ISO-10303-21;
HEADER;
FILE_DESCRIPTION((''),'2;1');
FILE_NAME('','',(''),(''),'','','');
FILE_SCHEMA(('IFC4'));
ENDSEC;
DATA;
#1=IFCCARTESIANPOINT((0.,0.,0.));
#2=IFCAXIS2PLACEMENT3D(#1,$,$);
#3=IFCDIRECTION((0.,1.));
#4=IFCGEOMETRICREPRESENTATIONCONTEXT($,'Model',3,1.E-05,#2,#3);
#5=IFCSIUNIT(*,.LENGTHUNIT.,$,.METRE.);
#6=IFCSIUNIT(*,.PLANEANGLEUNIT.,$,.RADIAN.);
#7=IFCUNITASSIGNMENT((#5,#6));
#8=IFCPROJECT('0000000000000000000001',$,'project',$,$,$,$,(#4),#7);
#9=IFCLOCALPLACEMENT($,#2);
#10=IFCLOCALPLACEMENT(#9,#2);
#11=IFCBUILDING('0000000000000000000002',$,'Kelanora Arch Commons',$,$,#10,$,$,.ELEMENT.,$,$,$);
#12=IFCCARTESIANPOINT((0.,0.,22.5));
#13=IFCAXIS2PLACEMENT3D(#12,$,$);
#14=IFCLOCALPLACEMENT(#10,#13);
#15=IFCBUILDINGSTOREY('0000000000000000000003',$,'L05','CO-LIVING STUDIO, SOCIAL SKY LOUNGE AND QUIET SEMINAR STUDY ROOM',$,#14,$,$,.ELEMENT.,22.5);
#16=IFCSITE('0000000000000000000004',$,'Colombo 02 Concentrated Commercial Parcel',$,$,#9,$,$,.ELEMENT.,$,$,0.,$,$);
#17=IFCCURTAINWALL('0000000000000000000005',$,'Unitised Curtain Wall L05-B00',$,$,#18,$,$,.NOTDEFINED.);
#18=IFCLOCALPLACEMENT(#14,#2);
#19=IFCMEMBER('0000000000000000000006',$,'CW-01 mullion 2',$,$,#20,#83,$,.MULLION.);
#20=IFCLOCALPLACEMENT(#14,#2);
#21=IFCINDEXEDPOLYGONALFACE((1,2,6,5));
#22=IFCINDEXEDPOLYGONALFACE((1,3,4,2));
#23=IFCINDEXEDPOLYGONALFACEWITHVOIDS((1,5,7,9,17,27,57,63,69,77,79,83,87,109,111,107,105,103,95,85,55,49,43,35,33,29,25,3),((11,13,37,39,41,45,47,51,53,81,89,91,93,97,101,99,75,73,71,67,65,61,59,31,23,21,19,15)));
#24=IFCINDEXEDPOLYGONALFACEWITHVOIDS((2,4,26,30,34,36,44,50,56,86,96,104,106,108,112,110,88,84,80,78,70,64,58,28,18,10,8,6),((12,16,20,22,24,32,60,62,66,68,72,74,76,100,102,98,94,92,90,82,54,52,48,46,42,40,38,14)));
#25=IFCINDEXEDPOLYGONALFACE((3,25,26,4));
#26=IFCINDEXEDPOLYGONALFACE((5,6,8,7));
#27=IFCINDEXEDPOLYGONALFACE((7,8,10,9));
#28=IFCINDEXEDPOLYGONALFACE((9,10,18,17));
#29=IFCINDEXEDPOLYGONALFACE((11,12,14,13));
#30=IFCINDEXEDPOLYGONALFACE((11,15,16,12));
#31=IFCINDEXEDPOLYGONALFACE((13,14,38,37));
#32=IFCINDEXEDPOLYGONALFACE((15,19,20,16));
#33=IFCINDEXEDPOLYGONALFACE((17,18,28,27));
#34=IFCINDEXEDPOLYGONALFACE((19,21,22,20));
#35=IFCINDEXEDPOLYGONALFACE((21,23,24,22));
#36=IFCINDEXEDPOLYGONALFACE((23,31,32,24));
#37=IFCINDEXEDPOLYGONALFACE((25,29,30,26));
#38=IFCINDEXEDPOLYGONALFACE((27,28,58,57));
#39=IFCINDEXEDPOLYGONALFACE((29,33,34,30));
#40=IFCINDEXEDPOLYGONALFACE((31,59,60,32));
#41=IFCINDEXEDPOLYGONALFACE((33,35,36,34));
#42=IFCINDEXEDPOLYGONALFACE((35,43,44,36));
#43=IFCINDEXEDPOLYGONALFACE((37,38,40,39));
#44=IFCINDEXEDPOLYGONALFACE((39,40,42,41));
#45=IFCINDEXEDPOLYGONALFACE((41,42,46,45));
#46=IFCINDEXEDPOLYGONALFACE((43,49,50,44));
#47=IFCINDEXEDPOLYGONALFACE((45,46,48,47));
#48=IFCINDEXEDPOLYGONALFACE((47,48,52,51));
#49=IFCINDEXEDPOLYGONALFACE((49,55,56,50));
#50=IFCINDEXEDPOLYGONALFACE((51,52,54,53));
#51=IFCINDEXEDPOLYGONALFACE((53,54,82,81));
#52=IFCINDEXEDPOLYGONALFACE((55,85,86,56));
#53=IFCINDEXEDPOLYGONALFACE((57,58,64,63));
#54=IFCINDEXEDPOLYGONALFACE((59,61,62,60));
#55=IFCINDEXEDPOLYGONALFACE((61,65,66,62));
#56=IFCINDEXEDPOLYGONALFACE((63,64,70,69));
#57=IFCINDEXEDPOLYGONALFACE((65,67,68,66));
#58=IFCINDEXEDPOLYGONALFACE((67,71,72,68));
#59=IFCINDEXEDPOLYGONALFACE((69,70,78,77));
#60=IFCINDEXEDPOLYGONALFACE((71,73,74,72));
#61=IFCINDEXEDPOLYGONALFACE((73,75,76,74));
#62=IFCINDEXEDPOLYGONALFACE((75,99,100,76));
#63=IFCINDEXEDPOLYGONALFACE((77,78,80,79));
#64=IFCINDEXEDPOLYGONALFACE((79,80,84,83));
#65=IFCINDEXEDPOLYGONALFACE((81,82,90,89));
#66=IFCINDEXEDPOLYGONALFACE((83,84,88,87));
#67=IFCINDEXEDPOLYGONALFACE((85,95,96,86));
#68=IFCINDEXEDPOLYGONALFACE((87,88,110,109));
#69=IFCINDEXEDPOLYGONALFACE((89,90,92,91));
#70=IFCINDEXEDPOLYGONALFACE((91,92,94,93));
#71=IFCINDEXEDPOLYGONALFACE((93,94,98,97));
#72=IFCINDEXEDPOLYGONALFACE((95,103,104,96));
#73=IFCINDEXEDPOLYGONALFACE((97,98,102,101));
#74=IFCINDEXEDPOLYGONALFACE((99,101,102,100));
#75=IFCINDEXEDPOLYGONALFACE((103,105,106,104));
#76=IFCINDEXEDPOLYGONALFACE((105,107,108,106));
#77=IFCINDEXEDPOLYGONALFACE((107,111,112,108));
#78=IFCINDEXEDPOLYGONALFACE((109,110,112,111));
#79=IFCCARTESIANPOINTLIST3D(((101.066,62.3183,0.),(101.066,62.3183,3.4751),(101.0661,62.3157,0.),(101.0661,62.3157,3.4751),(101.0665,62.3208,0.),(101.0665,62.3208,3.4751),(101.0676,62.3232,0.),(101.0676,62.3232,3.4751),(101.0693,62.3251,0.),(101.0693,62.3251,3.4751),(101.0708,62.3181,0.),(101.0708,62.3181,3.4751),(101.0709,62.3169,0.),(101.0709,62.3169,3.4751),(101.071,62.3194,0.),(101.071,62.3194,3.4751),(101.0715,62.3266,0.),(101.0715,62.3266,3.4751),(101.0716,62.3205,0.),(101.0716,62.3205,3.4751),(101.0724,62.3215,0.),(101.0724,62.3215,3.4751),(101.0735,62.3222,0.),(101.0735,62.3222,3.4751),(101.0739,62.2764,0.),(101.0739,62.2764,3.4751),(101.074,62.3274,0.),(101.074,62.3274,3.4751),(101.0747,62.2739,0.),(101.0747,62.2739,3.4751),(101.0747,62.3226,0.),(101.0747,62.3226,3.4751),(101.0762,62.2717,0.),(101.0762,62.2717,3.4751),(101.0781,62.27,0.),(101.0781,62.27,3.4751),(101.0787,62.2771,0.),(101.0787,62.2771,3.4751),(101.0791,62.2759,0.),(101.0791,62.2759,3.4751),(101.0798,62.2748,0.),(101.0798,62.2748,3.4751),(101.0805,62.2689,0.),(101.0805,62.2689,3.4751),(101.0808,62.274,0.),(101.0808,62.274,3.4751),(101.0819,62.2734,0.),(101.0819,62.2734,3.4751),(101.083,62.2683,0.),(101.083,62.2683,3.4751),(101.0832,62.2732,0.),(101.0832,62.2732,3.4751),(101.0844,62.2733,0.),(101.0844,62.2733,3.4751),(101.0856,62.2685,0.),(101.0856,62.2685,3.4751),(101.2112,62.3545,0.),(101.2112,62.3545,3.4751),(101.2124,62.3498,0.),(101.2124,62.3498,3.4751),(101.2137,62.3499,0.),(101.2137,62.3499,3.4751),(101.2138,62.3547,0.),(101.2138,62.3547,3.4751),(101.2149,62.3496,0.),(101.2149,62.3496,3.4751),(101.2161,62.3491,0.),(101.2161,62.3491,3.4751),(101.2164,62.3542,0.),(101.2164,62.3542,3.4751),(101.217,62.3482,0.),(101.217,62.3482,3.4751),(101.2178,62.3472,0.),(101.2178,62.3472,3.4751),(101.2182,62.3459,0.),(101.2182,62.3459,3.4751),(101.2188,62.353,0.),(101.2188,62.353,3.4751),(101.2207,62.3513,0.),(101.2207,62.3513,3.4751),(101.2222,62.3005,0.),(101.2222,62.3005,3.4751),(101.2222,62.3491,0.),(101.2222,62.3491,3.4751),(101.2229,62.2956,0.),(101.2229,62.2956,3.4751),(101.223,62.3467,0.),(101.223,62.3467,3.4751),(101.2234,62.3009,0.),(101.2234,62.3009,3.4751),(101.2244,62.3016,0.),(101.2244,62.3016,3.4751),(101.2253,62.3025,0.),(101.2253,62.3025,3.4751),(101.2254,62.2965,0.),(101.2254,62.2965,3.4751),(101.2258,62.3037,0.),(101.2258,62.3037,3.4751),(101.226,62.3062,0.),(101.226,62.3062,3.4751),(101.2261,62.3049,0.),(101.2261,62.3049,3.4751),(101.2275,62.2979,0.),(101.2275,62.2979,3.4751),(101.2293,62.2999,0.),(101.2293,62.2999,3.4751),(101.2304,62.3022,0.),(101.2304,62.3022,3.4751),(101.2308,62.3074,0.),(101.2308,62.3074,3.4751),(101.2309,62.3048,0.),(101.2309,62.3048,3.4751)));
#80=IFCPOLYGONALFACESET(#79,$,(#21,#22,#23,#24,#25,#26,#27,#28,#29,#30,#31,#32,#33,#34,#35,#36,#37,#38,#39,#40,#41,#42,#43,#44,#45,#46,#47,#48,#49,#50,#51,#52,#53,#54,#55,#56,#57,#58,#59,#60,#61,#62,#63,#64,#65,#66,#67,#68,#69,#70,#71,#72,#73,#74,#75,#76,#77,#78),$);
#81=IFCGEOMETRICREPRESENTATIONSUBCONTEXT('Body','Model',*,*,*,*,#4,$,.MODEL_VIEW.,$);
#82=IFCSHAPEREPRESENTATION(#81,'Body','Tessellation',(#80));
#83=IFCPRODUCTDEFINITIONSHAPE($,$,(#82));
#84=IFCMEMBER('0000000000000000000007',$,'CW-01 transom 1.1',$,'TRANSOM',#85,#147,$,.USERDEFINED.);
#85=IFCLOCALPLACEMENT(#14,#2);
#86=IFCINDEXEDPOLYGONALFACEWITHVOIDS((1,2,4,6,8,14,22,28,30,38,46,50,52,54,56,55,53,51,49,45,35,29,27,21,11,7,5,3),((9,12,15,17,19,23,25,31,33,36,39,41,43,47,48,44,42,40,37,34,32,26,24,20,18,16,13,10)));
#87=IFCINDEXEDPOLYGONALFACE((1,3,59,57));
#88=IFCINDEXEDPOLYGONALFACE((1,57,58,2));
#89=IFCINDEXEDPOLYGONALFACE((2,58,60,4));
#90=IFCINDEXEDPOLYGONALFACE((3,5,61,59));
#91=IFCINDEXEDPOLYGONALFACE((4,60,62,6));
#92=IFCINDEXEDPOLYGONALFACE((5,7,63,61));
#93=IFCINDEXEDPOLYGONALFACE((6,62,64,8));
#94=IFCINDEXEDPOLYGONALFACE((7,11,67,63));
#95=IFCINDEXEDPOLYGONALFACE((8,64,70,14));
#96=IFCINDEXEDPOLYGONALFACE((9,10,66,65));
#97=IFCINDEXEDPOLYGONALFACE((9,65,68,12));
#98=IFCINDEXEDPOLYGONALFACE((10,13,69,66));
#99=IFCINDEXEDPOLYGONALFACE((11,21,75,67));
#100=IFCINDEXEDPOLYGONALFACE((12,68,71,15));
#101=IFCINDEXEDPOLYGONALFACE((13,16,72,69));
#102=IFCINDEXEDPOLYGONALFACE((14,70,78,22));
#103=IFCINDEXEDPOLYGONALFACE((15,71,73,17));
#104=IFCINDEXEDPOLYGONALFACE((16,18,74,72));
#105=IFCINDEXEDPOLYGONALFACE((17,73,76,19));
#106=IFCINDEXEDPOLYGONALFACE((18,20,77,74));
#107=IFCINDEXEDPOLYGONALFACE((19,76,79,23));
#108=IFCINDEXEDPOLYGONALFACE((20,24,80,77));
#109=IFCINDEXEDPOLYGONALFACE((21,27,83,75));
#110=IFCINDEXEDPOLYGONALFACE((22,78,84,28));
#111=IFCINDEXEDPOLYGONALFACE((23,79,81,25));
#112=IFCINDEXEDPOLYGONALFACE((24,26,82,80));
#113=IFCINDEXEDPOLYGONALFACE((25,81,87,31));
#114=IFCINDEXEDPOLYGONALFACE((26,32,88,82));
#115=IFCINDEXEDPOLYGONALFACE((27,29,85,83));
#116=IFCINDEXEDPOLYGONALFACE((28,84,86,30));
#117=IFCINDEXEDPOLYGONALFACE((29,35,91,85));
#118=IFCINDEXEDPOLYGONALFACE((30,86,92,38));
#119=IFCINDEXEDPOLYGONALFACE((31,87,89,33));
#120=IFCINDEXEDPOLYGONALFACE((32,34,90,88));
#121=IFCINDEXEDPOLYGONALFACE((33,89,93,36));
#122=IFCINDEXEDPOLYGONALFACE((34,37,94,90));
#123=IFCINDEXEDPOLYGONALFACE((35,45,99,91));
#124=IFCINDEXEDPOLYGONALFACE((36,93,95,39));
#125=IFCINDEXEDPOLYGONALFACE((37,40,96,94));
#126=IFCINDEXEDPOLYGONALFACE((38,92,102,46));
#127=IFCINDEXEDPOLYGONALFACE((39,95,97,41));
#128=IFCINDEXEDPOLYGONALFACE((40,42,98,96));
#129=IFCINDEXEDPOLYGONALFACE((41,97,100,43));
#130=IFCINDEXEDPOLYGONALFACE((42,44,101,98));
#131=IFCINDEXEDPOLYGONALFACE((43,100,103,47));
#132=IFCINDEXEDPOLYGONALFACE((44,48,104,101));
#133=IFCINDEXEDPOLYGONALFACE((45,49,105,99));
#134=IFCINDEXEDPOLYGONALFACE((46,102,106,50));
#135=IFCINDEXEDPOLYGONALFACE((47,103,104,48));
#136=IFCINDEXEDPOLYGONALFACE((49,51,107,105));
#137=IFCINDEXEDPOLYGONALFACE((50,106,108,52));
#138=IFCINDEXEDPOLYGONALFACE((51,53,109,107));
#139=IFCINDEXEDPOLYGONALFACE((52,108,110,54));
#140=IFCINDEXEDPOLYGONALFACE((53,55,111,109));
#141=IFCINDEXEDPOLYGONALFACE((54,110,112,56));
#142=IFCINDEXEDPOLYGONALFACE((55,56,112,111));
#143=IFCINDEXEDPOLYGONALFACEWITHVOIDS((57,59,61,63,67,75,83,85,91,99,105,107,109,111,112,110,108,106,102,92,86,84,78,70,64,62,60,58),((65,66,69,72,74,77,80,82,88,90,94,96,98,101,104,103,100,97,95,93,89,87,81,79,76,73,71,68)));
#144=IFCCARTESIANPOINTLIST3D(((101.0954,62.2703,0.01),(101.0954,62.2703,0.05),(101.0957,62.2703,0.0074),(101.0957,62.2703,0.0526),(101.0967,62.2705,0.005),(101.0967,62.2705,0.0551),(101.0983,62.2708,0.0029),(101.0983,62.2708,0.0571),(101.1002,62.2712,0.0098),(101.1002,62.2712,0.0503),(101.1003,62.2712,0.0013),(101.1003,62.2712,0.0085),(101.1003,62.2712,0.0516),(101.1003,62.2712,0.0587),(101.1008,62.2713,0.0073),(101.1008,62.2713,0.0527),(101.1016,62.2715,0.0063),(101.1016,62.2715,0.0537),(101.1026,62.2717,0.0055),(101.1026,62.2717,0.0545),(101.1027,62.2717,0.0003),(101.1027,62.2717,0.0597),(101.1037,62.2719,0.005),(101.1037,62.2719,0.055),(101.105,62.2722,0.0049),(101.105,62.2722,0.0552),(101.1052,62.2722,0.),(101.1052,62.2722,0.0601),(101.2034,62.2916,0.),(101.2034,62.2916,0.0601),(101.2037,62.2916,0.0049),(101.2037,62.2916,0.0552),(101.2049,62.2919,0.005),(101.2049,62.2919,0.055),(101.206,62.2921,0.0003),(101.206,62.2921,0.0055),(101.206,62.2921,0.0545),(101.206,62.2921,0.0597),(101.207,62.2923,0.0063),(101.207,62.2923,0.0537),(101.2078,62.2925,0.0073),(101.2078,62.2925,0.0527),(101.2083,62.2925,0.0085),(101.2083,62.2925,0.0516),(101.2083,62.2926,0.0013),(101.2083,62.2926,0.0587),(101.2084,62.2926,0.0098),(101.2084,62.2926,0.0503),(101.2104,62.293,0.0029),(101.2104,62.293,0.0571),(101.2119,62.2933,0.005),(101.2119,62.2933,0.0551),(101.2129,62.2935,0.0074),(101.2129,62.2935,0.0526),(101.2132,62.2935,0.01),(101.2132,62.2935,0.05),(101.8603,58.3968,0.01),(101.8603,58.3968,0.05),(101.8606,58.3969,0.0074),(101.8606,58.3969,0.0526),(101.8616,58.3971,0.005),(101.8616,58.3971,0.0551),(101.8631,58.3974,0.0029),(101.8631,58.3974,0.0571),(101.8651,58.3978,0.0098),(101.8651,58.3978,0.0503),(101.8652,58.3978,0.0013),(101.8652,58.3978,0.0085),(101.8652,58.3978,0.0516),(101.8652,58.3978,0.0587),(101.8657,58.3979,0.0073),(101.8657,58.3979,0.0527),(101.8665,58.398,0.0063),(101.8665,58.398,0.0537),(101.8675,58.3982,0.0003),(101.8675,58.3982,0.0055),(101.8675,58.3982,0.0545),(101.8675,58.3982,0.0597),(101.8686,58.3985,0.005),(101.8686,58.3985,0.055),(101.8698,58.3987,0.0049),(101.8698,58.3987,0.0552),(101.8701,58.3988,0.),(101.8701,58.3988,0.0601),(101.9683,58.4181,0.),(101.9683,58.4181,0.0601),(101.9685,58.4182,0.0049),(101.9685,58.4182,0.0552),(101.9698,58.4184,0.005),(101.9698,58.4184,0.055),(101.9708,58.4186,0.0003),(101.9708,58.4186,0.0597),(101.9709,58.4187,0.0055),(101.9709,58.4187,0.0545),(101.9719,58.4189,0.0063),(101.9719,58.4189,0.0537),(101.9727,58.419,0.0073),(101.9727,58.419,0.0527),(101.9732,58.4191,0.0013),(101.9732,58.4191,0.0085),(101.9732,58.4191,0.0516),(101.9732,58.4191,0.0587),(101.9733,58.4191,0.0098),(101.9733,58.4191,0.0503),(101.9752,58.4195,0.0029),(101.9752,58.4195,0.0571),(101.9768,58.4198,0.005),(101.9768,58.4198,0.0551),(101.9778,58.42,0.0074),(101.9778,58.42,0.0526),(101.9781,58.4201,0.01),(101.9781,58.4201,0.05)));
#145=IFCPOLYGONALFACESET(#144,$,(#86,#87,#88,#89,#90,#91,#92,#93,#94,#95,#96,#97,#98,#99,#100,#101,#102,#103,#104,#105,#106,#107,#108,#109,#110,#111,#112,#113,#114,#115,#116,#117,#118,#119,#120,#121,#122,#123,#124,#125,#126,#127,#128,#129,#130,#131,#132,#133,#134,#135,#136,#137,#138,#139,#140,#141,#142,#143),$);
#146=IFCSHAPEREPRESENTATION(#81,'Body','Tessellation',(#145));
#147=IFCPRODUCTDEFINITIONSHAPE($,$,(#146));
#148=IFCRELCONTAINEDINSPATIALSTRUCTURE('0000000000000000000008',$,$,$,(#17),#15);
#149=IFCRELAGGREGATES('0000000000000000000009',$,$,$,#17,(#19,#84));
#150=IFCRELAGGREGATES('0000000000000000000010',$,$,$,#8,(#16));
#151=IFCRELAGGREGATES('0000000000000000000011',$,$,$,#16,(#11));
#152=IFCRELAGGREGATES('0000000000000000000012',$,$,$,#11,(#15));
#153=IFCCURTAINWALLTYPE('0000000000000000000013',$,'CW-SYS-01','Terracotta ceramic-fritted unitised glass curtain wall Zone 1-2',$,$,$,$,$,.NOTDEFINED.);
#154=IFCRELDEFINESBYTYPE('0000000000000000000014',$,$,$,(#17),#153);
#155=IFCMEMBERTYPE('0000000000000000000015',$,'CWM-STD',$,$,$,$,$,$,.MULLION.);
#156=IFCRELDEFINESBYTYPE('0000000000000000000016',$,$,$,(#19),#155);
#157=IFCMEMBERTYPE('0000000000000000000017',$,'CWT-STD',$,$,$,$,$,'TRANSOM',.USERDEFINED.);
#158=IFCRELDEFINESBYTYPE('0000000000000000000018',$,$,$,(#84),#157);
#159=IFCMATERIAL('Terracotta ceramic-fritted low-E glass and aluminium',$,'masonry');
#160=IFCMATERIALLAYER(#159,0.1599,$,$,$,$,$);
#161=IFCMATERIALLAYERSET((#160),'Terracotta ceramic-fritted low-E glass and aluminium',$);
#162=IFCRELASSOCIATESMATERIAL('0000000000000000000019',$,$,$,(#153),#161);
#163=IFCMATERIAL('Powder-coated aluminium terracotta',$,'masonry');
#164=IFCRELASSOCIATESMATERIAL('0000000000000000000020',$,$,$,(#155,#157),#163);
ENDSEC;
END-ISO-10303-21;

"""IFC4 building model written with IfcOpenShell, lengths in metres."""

from ifc_helpers import new_model, si_unit, direction, frame, origin, origin_2d, place, context, subcontext, project, spatial, hollow_rectangle, extrude, material, layer, layer_set, material_profile, profile_set, type_object, element, aggregate, save


model = new_model("IFC4")

# Units and contexts
model_context = context("Model", 3, precision=1e-05, world=origin(), true_north=direction((0.0, 1.0)))
body_context = subcontext(model_context, "Body", "Model", "MODEL_VIEW")
ifc_project = project(units=[si_unit("LENGTHUNIT", "METRE"), si_unit("PLANEANGLEUNIT", "RADIAN")], contexts=[model_context])

# Site, building, storey
site_placement = place(None, origin())
site = spatial("IfcSite", under=ifc_project, at=site_placement, Name="Colombo 02 Concentrated Commercial Parcel", CompositionType="ELEMENT", RefElevation=0.0)
building_placement = place(site_placement, origin())
building = spatial("IfcBuilding", under=site, at=building_placement, Name="Kelanora Arch Commons", CompositionType="ELEMENT")
storey_placement = place(building_placement, frame((0.0, 0.0, 22.5)))
storey = spatial("IfcBuildingStorey", under=building, at=storey_placement, Name="L05", Description="CO-LIVING STUDIO, SOCIAL SKY LOUNGE AND QUIET SEMINAR STUDY ROOM", CompositionType="ELEMENT", Elevation=22.5)

# Curtain wall, members
ifc_material_1 = material(Name="Terracotta ceramic-fritted low-E glass and aluminium", Category="masonry")
ifc_layer_1 = layer(ifc_material_1, 0.1599)
ifc_layer_set_1 = layer_set([ifc_layer_1], Name="Terracotta ceramic-fritted low-E glass and aluminium")
curtain_wall_type = type_object("IfcCurtainWallType", Name="CW-SYS-01", Description="Terracotta ceramic-fritted unitised glass curtain wall Zone 1-2", PredefinedType="NOTDEFINED", material=ifc_layer_set_1)
curtain_wall_placement = place(storey_placement, origin())
curtain_wall = element("IfcCurtainWall", 1, at=curtain_wall_placement, inside=storey, type_object=curtain_wall_type, Name="Unitised Curtain Wall L05-B00", PredefinedType="NOTDEFINED")
ifc_material_2 = material(Name="Powder-coated aluminium terracotta", Category="masonry")
ifc_material_profile_1 = material_profile(ifc_material_2, hollow_rectangle(XDim=0.1599, YDim=0.0601, WallThickness=0.0049, InnerFilletRadius=0.0049, OuterFilletRadius=0.01, at=origin_2d()), Name="CWM160x60")
ifc_profile_set_1 = profile_set([ifc_material_profile_1], Name="Powder-coated aluminium terracotta")
member_type_1 = type_object("IfcMemberType", Name="CWM-STD", PredefinedType="MULLION", material=ifc_profile_set_1)
member_1_placement = place(storey_placement, frame((101.1484, 62.3115, 0.0), z_axis=(0.0, 0.0, 1.0), x_axis=(-0.981052, -0.193744, 0.0)))
member_1 = element("IfcMember", 2, at=member_1_placement, type_object=member_type_1, Name="CW-01 mullion 2", PredefinedType="MULLION", context=body_context, shape_type="SweptSolid", body=[
    extrude(hollow_rectangle(XDim=0.1599, YDim=0.0601, WallThickness=0.0049, InnerFilletRadius=0.0049, OuterFilletRadius=0.01, at=origin_2d()), origin(), (0.0, 0.0, 1.0), 3.4751),
])
ifc_material_profile_2 = material_profile(ifc_material_2, hollow_rectangle(XDim=0.1201, YDim=0.0601, WallThickness=0.0049, InnerFilletRadius=0.0049, OuterFilletRadius=0.01, at=origin_2d()), Name="CWT120x60")
ifc_profile_set_2 = profile_set([ifc_material_profile_2], Name="Powder-coated aluminium terracotta")
member_type_2 = type_object("IfcMemberType", Name="CWT-STD", ElementType="TRANSOM", PredefinedType="USERDEFINED", material=ifc_profile_set_2)
member_2_placement = place(storey_placement, frame((101.9192, 58.4084, 0.03), z_axis=(-0.193725, 0.981056, 0.0), x_axis=(-0.981056, -0.193725, 0.0)))
member_2 = element("IfcMember", 3, at=member_2_placement, type_object=member_type_2, Name="CW-01 transom 1.1", ObjectType="TRANSOM", PredefinedType="USERDEFINED", context=body_context, shape_type="SweptSolid", body=[
    extrude(hollow_rectangle(XDim=0.1201, YDim=0.0601, WallThickness=0.0049, InnerFilletRadius=0.0049, OuterFilletRadius=0.01, at=origin_2d()), origin(), (0.0, 0.0, 1.0), 3.9482),
])
aggregate(curtain_wall, [member_1, member_2])

save(model, "model.ifc")
